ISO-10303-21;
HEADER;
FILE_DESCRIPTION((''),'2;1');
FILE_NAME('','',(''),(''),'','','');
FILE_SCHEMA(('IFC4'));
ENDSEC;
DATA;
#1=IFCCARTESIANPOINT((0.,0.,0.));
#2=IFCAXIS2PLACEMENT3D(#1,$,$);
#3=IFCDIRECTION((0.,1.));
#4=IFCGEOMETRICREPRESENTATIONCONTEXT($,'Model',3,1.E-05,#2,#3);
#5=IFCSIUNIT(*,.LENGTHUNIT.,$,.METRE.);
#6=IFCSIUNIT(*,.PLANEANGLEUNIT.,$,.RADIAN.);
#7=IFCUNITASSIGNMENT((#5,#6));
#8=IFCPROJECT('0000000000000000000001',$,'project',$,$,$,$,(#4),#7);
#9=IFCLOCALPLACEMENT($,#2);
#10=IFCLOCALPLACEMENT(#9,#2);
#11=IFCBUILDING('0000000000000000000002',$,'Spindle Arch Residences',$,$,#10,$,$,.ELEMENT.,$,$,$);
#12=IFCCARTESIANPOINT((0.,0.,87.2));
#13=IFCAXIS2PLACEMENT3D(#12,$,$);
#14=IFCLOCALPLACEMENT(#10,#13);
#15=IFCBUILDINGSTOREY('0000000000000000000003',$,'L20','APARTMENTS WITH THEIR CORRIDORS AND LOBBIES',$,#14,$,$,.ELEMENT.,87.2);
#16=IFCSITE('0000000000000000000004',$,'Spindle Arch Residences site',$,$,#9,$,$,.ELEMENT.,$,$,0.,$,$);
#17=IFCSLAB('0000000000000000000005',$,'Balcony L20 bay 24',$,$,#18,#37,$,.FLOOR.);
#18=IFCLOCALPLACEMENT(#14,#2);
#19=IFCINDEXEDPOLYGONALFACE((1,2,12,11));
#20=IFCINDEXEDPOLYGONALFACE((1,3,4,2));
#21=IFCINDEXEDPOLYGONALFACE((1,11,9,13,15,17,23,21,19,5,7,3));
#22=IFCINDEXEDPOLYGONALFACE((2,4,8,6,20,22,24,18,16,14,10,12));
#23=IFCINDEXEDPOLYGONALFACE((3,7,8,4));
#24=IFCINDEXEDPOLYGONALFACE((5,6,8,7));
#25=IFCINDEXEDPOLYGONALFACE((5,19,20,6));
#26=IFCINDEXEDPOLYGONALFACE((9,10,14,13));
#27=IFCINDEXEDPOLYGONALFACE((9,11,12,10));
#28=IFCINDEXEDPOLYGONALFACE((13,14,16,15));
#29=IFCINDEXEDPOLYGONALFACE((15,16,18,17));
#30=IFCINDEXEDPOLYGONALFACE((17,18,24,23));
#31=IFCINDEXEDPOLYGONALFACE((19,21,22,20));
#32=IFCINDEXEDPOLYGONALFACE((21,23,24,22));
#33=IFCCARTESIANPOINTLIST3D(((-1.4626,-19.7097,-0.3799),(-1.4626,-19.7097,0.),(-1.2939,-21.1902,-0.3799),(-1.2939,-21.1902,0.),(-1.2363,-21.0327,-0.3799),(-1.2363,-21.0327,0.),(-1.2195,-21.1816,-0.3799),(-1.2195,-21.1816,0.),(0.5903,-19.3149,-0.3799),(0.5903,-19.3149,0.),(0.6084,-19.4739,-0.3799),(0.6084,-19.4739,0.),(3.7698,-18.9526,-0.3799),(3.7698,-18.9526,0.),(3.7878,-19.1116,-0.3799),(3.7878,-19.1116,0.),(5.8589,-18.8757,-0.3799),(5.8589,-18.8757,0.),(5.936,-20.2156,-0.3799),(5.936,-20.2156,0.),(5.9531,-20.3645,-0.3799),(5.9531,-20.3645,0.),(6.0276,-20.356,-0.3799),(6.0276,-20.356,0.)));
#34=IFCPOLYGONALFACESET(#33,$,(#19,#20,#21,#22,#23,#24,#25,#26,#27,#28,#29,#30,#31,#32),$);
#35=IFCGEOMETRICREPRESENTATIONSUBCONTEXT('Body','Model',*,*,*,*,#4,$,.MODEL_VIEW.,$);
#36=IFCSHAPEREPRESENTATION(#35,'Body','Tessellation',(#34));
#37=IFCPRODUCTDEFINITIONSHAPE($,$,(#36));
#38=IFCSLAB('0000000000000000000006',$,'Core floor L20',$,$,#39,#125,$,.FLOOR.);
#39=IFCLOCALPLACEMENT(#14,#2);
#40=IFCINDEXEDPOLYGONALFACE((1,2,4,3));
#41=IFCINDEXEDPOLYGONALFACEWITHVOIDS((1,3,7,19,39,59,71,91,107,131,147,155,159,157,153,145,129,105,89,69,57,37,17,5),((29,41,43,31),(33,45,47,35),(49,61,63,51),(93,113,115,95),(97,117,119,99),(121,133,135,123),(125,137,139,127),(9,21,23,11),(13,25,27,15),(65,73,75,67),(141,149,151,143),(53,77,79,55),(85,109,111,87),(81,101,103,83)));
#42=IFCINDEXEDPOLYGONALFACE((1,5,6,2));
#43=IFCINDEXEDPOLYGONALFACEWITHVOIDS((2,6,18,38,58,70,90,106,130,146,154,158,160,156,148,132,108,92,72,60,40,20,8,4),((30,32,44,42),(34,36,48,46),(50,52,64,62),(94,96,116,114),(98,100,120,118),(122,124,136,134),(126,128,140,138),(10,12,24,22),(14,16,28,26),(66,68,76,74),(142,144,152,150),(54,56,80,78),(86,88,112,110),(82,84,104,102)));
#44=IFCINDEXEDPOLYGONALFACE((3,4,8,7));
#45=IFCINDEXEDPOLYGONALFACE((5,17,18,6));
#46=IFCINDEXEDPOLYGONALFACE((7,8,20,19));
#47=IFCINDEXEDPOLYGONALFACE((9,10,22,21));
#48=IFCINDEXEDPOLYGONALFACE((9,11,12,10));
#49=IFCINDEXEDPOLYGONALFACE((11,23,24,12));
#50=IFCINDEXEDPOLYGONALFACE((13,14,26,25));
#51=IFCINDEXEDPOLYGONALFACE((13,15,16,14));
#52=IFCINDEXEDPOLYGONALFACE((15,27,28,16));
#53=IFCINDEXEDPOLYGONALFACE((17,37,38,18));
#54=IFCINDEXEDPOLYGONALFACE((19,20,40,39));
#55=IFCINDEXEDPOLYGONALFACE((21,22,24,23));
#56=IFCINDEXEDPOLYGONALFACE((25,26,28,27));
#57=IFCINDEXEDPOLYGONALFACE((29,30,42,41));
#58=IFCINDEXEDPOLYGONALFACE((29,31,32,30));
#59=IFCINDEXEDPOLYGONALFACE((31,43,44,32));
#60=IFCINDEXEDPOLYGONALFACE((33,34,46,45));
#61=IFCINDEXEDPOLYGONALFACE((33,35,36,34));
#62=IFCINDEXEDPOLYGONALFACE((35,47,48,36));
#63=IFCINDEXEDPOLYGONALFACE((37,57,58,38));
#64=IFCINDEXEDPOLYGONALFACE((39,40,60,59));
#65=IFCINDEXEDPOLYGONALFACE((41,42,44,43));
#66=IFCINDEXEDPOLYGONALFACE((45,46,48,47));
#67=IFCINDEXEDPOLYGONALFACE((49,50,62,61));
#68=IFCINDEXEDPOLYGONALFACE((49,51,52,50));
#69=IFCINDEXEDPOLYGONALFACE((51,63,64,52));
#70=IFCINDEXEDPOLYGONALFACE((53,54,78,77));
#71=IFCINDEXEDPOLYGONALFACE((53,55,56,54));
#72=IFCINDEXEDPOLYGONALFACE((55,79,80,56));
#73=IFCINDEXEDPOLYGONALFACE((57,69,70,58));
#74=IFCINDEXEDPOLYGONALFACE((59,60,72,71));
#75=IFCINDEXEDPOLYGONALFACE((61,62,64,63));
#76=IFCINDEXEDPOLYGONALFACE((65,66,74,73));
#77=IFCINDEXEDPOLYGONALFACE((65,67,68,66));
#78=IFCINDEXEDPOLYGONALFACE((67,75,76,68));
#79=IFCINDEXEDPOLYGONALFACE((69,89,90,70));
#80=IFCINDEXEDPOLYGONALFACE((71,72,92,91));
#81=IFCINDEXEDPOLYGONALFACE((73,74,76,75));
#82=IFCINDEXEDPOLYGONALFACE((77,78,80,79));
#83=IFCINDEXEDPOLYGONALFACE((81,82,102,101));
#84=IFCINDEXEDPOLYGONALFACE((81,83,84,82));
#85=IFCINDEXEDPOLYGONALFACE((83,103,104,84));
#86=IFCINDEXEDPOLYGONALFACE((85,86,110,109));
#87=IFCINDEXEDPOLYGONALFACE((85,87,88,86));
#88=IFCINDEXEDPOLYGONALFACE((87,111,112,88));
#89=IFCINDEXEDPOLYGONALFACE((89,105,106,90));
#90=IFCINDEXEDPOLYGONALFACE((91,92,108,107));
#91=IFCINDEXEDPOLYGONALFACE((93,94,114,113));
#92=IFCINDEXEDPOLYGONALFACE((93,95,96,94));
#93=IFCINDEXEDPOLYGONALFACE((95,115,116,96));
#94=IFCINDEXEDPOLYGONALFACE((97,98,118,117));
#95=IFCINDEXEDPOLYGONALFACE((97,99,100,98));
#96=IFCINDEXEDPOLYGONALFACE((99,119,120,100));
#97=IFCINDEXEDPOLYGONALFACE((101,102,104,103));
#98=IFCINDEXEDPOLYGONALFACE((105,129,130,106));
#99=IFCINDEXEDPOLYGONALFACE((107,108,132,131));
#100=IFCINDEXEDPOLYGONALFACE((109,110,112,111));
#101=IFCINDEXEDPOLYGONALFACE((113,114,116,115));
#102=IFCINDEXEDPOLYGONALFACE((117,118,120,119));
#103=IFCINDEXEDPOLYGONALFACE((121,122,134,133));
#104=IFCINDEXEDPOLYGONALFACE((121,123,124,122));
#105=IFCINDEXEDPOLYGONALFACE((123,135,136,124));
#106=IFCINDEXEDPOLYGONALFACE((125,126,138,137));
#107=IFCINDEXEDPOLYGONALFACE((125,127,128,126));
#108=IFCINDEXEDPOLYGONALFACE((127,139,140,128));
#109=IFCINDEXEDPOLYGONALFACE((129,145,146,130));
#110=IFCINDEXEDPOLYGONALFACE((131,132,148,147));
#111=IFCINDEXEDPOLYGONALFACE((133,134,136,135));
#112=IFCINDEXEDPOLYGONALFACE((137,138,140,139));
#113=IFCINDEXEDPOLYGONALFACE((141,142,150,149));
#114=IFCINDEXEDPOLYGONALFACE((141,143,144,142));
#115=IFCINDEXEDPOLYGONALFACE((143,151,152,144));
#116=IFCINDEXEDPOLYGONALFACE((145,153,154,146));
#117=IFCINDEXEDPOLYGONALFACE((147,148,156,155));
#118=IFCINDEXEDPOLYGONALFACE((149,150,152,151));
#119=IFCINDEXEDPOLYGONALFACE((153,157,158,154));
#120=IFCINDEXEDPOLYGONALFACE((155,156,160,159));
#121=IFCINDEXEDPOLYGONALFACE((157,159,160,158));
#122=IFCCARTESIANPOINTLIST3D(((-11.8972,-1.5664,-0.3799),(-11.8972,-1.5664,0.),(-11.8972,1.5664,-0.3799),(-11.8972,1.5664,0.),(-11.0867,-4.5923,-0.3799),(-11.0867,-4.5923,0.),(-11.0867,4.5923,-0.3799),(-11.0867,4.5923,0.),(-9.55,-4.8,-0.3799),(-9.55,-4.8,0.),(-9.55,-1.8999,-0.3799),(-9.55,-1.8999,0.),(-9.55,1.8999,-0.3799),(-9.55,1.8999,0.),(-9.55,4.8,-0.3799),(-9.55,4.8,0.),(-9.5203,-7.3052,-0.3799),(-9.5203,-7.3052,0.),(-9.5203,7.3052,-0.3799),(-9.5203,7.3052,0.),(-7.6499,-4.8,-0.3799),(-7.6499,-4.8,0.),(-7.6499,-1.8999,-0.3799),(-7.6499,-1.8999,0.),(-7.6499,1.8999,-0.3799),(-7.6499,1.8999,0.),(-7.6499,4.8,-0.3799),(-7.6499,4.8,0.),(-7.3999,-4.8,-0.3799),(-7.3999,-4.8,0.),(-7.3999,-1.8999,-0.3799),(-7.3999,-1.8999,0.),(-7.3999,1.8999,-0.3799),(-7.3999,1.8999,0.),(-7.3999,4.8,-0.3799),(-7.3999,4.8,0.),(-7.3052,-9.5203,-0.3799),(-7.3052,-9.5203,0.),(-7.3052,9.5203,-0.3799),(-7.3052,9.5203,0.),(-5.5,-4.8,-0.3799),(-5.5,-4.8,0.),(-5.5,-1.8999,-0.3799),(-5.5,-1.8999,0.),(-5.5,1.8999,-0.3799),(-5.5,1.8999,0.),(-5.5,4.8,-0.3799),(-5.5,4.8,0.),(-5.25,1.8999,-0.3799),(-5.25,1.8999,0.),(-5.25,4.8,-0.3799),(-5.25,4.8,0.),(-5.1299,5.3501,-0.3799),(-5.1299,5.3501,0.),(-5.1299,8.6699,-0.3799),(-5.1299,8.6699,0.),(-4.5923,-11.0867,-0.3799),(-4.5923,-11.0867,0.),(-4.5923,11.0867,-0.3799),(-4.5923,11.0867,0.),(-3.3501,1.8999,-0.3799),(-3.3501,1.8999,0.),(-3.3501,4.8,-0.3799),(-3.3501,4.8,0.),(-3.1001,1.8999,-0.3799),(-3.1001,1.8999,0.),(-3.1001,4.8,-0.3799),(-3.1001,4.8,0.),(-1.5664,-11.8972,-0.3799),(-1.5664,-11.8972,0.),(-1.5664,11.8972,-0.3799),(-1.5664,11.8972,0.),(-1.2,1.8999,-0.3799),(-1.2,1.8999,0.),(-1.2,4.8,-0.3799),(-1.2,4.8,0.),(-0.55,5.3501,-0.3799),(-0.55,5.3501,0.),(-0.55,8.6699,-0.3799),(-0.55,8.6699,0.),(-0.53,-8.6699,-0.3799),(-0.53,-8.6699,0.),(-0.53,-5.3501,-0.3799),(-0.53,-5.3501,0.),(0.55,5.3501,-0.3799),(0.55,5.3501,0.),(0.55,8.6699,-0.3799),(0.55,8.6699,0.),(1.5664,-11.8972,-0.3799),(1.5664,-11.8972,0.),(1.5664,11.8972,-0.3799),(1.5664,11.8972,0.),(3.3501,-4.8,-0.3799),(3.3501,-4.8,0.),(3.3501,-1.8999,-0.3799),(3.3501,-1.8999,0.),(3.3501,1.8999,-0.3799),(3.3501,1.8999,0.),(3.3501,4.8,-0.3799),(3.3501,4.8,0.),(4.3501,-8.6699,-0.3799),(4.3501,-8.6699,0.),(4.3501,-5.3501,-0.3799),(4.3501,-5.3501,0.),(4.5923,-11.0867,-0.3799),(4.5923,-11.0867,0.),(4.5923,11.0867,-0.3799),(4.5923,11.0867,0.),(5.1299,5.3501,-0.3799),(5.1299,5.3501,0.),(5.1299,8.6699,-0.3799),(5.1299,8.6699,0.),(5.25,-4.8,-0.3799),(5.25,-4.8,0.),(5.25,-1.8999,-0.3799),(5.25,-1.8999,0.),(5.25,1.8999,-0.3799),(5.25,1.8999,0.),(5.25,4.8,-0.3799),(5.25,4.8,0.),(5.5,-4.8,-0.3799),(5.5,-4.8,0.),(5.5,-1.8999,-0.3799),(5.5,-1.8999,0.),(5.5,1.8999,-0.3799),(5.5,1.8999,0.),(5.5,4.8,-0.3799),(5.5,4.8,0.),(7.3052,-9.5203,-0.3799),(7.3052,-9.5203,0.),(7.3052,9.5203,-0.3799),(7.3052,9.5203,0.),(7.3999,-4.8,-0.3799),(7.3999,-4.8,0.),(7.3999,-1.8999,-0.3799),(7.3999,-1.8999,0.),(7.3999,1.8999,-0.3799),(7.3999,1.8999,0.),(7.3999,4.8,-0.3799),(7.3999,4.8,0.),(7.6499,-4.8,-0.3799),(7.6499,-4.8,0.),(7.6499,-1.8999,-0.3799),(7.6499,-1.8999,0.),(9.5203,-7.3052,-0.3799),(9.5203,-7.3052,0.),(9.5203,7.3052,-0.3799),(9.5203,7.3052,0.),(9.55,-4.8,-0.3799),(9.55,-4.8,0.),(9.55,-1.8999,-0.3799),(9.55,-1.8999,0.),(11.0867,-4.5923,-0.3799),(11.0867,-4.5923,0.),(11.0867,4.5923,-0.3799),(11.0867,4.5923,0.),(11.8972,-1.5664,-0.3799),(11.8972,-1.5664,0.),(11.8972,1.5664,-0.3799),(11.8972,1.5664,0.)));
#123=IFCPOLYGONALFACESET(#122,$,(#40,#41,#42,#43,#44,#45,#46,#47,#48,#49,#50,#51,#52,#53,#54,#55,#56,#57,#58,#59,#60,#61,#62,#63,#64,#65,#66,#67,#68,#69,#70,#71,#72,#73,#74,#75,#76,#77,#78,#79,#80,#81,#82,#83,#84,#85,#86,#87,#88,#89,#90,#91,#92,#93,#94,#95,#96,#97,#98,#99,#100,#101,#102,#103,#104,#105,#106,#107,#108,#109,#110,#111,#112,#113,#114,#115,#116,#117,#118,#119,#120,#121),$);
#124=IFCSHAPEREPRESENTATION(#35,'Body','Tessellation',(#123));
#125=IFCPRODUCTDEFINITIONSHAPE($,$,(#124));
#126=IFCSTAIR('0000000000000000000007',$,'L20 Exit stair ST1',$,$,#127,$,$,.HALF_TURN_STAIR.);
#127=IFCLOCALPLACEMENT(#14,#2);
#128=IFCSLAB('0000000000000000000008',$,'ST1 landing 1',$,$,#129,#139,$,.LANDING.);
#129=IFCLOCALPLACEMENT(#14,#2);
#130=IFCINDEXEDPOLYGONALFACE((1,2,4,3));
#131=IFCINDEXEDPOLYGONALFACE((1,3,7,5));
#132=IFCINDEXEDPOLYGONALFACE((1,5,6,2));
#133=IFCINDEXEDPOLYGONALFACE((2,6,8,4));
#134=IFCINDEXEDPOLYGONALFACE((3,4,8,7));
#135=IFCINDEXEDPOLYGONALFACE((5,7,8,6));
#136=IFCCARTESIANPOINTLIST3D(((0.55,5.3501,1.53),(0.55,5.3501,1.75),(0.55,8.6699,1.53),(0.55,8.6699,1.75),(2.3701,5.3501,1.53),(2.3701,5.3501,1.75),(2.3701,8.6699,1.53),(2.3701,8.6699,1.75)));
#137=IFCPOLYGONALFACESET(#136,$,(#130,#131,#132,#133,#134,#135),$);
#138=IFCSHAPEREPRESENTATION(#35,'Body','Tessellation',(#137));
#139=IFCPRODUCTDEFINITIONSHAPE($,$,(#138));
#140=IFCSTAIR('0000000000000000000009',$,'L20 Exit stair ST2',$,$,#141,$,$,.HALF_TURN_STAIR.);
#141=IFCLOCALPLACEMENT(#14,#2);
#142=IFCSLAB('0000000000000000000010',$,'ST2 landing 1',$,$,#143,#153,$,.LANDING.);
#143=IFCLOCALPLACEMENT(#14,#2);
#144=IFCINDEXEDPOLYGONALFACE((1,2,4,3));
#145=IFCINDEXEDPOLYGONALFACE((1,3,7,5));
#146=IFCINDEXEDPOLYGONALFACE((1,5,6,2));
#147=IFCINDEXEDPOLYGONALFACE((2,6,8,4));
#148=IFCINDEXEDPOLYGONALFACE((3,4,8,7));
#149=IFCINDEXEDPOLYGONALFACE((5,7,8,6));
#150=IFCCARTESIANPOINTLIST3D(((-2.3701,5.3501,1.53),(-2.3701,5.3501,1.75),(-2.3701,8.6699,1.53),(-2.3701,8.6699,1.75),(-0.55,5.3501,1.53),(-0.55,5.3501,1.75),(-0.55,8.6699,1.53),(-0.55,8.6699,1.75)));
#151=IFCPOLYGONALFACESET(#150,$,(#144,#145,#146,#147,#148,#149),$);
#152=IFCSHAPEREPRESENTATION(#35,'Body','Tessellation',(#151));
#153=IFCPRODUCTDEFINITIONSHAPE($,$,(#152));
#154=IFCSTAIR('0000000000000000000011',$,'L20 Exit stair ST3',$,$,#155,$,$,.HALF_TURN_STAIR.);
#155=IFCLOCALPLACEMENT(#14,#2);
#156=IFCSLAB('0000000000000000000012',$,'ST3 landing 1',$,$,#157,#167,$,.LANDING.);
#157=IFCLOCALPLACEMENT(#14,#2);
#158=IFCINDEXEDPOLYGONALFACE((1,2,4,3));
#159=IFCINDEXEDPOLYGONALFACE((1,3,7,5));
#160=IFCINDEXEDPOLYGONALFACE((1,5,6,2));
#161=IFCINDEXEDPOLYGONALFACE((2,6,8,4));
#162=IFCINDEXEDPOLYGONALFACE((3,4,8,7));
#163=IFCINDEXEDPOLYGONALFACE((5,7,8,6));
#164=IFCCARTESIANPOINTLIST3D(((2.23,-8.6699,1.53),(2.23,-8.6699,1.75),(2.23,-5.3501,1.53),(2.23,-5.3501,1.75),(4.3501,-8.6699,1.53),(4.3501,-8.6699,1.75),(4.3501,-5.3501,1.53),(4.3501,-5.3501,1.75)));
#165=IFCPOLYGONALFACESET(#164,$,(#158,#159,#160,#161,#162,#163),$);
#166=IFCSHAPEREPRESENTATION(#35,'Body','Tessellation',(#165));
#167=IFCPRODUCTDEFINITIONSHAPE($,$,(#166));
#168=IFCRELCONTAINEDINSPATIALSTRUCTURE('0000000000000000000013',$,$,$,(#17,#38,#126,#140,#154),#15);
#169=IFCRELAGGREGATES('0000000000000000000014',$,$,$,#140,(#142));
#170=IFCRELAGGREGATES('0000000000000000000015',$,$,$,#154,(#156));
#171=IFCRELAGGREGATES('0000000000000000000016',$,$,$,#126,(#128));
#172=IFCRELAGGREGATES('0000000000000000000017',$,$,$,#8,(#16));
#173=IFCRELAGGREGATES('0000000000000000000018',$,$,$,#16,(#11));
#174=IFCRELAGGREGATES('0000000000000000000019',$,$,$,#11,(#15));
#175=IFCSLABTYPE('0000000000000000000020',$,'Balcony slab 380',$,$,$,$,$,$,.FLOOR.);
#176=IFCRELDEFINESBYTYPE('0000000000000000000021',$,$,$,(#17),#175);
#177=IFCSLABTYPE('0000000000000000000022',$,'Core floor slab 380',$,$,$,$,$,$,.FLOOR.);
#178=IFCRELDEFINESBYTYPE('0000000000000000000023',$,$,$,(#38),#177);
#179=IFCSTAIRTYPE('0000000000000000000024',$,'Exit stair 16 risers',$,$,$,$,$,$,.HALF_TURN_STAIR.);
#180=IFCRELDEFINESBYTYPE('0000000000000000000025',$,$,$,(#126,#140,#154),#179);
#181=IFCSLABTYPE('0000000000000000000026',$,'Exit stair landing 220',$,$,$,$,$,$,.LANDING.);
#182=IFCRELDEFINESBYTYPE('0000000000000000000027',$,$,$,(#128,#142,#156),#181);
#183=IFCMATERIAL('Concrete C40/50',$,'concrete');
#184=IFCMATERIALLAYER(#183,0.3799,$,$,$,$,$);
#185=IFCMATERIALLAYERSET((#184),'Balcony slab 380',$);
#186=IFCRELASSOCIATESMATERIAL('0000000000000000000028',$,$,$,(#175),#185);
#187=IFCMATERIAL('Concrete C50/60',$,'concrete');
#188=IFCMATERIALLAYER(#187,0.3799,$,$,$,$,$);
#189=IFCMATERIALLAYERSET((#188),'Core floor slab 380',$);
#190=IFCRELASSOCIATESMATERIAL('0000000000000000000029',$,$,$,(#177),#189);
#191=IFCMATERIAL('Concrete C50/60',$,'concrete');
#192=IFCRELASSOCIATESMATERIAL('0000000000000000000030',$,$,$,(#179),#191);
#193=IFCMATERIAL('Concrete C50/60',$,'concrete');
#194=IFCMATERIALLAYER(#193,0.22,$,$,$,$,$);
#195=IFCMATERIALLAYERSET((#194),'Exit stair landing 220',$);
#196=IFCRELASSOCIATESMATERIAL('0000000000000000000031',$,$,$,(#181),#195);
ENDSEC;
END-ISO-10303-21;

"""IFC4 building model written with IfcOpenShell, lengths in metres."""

from ifc_helpers import new_model, si_unit, direction, frame, origin, place, context, subcontext, project, spatial, polyline, outline, extrude, material, layer, layer_set, type_object, element, aggregate, save


model = new_model("IFC4")

# Units and contexts
model_context = context("Model", 3, precision=1e-05, world=origin(), true_north=direction((0.0, 1.0)))
body_context = subcontext(model_context, "Body", "Model", "MODEL_VIEW")
ifc_project = project(units=[si_unit("LENGTHUNIT", "METRE"), si_unit("PLANEANGLEUNIT", "RADIAN")], contexts=[model_context])

# Site, building, storey
site_placement = place(None, origin())
site = spatial("IfcSite", under=ifc_project, at=site_placement, Name="Spindle Arch Residences site", CompositionType="ELEMENT", RefElevation=0.0)
building_placement = place(site_placement, origin())
building = spatial("IfcBuilding", under=site, at=building_placement, Name="Spindle Arch Residences", CompositionType="ELEMENT")
storey_placement = place(building_placement, frame((0.0, 0.0, 87.2)))
storey = spatial("IfcBuildingStorey", under=building, at=storey_placement, Name="L20", Description="APARTMENTS WITH THEIR CORRIDORS AND LOBBIES", CompositionType="ELEMENT", Elevation=87.2)

# Slabs
ifc_material_1 = material(Name="Concrete C40/50", Category="concrete")
ifc_layer_1 = layer(ifc_material_1, 0.3799)
ifc_layer_set_1 = layer_set([ifc_layer_1], Name="Balcony slab 380")
slab_type_1 = type_object("IfcSlabType", Name="Balcony slab 380", PredefinedType="FLOOR", material=ifc_layer_set_1)
slab_1_placement = place(storey_placement, frame((0.0, 0.0, -0.3799)))
element("IfcSlab", 1, at=slab_1_placement, inside=storey, type_object=slab_type_1, Name="Balcony L20 bay 24", PredefinedType="FLOOR", context=body_context, shape_type="SweptSolid", body=[
    extrude(outline(polyline([(-1.2939, -21.1902), (-1.2195, -21.1816), (-1.2363, -21.0327), (5.936, -20.2156), (5.9531, -20.3645), (6.0276, -20.356), (5.8589, -18.8757), (3.7878, -19.1116), (3.7698, -18.9526), (0.5903, -19.3149), (0.6084, -19.4739), (-1.4626, -19.7097), (-1.2939, -21.1902)])), origin(), (0.0, 0.0, 1.0), 0.3799),
])
ifc_material_2 = material(Name="Concrete C50/60", Category="concrete")
ifc_layer_2 = layer(ifc_material_2, 0.3799)
ifc_layer_set_2 = layer_set([ifc_layer_2], Name="Core floor slab 380")
slab_type_2 = type_object("IfcSlabType", Name="Core floor slab 380", PredefinedType="FLOOR", material=ifc_layer_set_2)
slab_2_placement = place(storey_placement, frame((0.0, 0.0, -0.3799)))
element("IfcSlab", 2, at=slab_2_placement, inside=storey, type_object=slab_type_2, Name="Core floor L20", PredefinedType="FLOOR", context=body_context, shape_type="SweptSolid", body=[
    extrude(outline(polyline([(1.5664, -11.8972), (4.5923, -11.0867), (7.3052, -9.5203), (9.5203, -7.3052), (11.0867, -4.5923), (11.8972, -1.5664), (11.8972, 1.5664), (11.0867, 4.5923), (9.5203, 7.3052), (7.3052, 9.5203), (4.5923, 11.0867), (1.5664, 11.8972), (-1.5664, 11.8972), (-4.5923, 11.0867), (-7.3052, 9.5203), (-9.5203, 7.3052), (-11.0867, 4.5923), (-11.8972, 1.5664), (-11.8972, -1.5664), (-11.0867, -4.5923), (-9.5203, -7.3052), (-7.3052, -9.5203), (-4.5923, -11.0867), (-1.5664, -11.8972), (1.5664, -11.8972)]), holes=[polyline([(-9.55, 1.8999), (-7.6499, 1.8999), (-7.6499, 4.8), (-9.55, 4.8), (-9.55, 1.8999)]), polyline([(-7.3999, 1.8999), (-5.5, 1.8999), (-5.5, 4.8), (-7.3999, 4.8), (-7.3999, 1.8999)]), polyline([(-5.25, 1.8999), (-3.3501, 1.8999), (-3.3501, 4.8), (-5.25, 4.8), (-5.25, 1.8999)]), polyline([(-3.1001, 1.8999), (-1.2, 1.8999), (-1.2, 4.8), (-3.1001, 4.8), (-3.1001, 1.8999)]), polyline([(3.3501, 1.8999), (5.25, 1.8999), (5.25, 4.8), (3.3501, 4.8), (3.3501, 1.8999)]), polyline([(5.5, 1.8999), (7.3999, 1.8999), (7.3999, 4.8), (5.5, 4.8), (5.5, 1.8999)]), polyline([(-9.55, -4.8), (-7.6499, -4.8), (-7.6499, -1.8999), (-9.55, -1.8999), (-9.55, -4.8)]), polyline([(-7.3999, -4.8), (-5.5, -4.8), (-5.5, -1.8999), (-7.3999, -1.8999), (-7.3999, -4.8)]), polyline([(3.3501, -4.8), (5.25, -4.8), (5.25, -1.8999), (3.3501, -1.8999), (3.3501, -4.8)]), polyline([(5.5, -4.8), (7.3999, -4.8), (7.3999, -1.8999), (5.5, -1.8999), (5.5, -4.8)]), polyline([(7.6499, -4.8), (9.55, -4.8), (9.55, -1.8999), (7.6499, -1.8999), (7.6499, -4.8)]), polyline([(5.1299, 8.6699), (0.55, 8.6699), (0.55, 5.3501), (5.1299, 5.3501), (5.1299, 8.6699)]), polyline([(-5.1299, 5.3501), (-0.55, 5.3501), (-0.55, 8.6699), (-5.1299, 8.6699), (-5.1299, 5.3501)]), polyline([(-0.53, -8.6699), (4.3501, -8.6699), (4.3501, -5.3501), (-0.53, -5.3501), (-0.53, -8.6699)])]), origin(), (0.0, 0.0, 1.0), 0.3799),
])

# Stairs, slabs
ifc_material_3 = material(Name="Concrete C50/60", Category="concrete")
stair_type = type_object("IfcStairType", Name="Exit stair 16 risers", PredefinedType="HALF_TURN_STAIR", material=ifc_material_3)
stair_1_placement = place(storey_placement, origin())
stair_1 = element("IfcStair", 3, at=stair_1_placement, inside=storey, type_object=stair_type, Name="L20 Exit stair ST1", PredefinedType="HALF_TURN_STAIR")
ifc_material_4 = material(Name="Concrete C50/60", Category="concrete")
ifc_layer_3 = layer(ifc_material_4, 0.22)
ifc_layer_set_3 = layer_set([ifc_layer_3], Name="Exit stair landing 220")
slab_type_3 = type_object("IfcSlabType", Name="Exit stair landing 220", PredefinedType="LANDING", material=ifc_layer_set_3)
slab_3_placement = place(storey_placement, frame((0.0, 0.0, 1.53)))
slab_3 = element("IfcSlab", 4, at=slab_3_placement, type_object=slab_type_3, Name="ST1 landing 1", PredefinedType="LANDING", context=body_context, shape_type="SweptSolid", body=[
    extrude(outline(polyline([(2.3701, 8.6699), (0.55, 8.6699), (0.55, 5.3501), (2.3701, 5.3501), (2.3701, 8.6699)])), origin(), (0.0, 0.0, 1.0), 0.22),
])
stair_2_placement = place(storey_placement, origin())
stair_2 = element("IfcStair", 5, at=stair_2_placement, inside=storey, type_object=stair_type, Name="L20 Exit stair ST2", PredefinedType="HALF_TURN_STAIR")
slab_4_placement = place(storey_placement, frame((0.0, 0.0, 1.53)))
slab_4 = element("IfcSlab", 6, at=slab_4_placement, type_object=slab_type_3, Name="ST2 landing 1", PredefinedType="LANDING", context=body_context, shape_type="SweptSolid", body=[
    extrude(outline(polyline([(-2.3701, 5.3501), (-0.55, 5.3501), (-0.55, 8.6699), (-2.3701, 8.6699), (-2.3701, 5.3501)])), origin(), (0.0, 0.0, 1.0), 0.22),
])
aggregate(stair_2, [slab_4])
stair_3_placement = place(storey_placement, origin())
stair_3 = element("IfcStair", 7, at=stair_3_placement, inside=storey, type_object=stair_type, Name="L20 Exit stair ST3", PredefinedType="HALF_TURN_STAIR")
slab_5_placement = place(storey_placement, frame((0.0, 0.0, 1.53)))
slab_5 = element("IfcSlab", 8, at=slab_5_placement, type_object=slab_type_3, Name="ST3 landing 1", PredefinedType="LANDING", context=body_context, shape_type="SweptSolid", body=[
    extrude(outline(polyline([(2.23, -8.6699), (4.3501, -8.6699), (4.3501, -5.3501), (2.23, -5.3501), (2.23, -8.6699)])), origin(), (0.0, 0.0, 1.0), 0.22),
])
aggregate(stair_3, [slab_5])

aggregate(stair_1, [slab_3])

save(model, "model.ifc")
